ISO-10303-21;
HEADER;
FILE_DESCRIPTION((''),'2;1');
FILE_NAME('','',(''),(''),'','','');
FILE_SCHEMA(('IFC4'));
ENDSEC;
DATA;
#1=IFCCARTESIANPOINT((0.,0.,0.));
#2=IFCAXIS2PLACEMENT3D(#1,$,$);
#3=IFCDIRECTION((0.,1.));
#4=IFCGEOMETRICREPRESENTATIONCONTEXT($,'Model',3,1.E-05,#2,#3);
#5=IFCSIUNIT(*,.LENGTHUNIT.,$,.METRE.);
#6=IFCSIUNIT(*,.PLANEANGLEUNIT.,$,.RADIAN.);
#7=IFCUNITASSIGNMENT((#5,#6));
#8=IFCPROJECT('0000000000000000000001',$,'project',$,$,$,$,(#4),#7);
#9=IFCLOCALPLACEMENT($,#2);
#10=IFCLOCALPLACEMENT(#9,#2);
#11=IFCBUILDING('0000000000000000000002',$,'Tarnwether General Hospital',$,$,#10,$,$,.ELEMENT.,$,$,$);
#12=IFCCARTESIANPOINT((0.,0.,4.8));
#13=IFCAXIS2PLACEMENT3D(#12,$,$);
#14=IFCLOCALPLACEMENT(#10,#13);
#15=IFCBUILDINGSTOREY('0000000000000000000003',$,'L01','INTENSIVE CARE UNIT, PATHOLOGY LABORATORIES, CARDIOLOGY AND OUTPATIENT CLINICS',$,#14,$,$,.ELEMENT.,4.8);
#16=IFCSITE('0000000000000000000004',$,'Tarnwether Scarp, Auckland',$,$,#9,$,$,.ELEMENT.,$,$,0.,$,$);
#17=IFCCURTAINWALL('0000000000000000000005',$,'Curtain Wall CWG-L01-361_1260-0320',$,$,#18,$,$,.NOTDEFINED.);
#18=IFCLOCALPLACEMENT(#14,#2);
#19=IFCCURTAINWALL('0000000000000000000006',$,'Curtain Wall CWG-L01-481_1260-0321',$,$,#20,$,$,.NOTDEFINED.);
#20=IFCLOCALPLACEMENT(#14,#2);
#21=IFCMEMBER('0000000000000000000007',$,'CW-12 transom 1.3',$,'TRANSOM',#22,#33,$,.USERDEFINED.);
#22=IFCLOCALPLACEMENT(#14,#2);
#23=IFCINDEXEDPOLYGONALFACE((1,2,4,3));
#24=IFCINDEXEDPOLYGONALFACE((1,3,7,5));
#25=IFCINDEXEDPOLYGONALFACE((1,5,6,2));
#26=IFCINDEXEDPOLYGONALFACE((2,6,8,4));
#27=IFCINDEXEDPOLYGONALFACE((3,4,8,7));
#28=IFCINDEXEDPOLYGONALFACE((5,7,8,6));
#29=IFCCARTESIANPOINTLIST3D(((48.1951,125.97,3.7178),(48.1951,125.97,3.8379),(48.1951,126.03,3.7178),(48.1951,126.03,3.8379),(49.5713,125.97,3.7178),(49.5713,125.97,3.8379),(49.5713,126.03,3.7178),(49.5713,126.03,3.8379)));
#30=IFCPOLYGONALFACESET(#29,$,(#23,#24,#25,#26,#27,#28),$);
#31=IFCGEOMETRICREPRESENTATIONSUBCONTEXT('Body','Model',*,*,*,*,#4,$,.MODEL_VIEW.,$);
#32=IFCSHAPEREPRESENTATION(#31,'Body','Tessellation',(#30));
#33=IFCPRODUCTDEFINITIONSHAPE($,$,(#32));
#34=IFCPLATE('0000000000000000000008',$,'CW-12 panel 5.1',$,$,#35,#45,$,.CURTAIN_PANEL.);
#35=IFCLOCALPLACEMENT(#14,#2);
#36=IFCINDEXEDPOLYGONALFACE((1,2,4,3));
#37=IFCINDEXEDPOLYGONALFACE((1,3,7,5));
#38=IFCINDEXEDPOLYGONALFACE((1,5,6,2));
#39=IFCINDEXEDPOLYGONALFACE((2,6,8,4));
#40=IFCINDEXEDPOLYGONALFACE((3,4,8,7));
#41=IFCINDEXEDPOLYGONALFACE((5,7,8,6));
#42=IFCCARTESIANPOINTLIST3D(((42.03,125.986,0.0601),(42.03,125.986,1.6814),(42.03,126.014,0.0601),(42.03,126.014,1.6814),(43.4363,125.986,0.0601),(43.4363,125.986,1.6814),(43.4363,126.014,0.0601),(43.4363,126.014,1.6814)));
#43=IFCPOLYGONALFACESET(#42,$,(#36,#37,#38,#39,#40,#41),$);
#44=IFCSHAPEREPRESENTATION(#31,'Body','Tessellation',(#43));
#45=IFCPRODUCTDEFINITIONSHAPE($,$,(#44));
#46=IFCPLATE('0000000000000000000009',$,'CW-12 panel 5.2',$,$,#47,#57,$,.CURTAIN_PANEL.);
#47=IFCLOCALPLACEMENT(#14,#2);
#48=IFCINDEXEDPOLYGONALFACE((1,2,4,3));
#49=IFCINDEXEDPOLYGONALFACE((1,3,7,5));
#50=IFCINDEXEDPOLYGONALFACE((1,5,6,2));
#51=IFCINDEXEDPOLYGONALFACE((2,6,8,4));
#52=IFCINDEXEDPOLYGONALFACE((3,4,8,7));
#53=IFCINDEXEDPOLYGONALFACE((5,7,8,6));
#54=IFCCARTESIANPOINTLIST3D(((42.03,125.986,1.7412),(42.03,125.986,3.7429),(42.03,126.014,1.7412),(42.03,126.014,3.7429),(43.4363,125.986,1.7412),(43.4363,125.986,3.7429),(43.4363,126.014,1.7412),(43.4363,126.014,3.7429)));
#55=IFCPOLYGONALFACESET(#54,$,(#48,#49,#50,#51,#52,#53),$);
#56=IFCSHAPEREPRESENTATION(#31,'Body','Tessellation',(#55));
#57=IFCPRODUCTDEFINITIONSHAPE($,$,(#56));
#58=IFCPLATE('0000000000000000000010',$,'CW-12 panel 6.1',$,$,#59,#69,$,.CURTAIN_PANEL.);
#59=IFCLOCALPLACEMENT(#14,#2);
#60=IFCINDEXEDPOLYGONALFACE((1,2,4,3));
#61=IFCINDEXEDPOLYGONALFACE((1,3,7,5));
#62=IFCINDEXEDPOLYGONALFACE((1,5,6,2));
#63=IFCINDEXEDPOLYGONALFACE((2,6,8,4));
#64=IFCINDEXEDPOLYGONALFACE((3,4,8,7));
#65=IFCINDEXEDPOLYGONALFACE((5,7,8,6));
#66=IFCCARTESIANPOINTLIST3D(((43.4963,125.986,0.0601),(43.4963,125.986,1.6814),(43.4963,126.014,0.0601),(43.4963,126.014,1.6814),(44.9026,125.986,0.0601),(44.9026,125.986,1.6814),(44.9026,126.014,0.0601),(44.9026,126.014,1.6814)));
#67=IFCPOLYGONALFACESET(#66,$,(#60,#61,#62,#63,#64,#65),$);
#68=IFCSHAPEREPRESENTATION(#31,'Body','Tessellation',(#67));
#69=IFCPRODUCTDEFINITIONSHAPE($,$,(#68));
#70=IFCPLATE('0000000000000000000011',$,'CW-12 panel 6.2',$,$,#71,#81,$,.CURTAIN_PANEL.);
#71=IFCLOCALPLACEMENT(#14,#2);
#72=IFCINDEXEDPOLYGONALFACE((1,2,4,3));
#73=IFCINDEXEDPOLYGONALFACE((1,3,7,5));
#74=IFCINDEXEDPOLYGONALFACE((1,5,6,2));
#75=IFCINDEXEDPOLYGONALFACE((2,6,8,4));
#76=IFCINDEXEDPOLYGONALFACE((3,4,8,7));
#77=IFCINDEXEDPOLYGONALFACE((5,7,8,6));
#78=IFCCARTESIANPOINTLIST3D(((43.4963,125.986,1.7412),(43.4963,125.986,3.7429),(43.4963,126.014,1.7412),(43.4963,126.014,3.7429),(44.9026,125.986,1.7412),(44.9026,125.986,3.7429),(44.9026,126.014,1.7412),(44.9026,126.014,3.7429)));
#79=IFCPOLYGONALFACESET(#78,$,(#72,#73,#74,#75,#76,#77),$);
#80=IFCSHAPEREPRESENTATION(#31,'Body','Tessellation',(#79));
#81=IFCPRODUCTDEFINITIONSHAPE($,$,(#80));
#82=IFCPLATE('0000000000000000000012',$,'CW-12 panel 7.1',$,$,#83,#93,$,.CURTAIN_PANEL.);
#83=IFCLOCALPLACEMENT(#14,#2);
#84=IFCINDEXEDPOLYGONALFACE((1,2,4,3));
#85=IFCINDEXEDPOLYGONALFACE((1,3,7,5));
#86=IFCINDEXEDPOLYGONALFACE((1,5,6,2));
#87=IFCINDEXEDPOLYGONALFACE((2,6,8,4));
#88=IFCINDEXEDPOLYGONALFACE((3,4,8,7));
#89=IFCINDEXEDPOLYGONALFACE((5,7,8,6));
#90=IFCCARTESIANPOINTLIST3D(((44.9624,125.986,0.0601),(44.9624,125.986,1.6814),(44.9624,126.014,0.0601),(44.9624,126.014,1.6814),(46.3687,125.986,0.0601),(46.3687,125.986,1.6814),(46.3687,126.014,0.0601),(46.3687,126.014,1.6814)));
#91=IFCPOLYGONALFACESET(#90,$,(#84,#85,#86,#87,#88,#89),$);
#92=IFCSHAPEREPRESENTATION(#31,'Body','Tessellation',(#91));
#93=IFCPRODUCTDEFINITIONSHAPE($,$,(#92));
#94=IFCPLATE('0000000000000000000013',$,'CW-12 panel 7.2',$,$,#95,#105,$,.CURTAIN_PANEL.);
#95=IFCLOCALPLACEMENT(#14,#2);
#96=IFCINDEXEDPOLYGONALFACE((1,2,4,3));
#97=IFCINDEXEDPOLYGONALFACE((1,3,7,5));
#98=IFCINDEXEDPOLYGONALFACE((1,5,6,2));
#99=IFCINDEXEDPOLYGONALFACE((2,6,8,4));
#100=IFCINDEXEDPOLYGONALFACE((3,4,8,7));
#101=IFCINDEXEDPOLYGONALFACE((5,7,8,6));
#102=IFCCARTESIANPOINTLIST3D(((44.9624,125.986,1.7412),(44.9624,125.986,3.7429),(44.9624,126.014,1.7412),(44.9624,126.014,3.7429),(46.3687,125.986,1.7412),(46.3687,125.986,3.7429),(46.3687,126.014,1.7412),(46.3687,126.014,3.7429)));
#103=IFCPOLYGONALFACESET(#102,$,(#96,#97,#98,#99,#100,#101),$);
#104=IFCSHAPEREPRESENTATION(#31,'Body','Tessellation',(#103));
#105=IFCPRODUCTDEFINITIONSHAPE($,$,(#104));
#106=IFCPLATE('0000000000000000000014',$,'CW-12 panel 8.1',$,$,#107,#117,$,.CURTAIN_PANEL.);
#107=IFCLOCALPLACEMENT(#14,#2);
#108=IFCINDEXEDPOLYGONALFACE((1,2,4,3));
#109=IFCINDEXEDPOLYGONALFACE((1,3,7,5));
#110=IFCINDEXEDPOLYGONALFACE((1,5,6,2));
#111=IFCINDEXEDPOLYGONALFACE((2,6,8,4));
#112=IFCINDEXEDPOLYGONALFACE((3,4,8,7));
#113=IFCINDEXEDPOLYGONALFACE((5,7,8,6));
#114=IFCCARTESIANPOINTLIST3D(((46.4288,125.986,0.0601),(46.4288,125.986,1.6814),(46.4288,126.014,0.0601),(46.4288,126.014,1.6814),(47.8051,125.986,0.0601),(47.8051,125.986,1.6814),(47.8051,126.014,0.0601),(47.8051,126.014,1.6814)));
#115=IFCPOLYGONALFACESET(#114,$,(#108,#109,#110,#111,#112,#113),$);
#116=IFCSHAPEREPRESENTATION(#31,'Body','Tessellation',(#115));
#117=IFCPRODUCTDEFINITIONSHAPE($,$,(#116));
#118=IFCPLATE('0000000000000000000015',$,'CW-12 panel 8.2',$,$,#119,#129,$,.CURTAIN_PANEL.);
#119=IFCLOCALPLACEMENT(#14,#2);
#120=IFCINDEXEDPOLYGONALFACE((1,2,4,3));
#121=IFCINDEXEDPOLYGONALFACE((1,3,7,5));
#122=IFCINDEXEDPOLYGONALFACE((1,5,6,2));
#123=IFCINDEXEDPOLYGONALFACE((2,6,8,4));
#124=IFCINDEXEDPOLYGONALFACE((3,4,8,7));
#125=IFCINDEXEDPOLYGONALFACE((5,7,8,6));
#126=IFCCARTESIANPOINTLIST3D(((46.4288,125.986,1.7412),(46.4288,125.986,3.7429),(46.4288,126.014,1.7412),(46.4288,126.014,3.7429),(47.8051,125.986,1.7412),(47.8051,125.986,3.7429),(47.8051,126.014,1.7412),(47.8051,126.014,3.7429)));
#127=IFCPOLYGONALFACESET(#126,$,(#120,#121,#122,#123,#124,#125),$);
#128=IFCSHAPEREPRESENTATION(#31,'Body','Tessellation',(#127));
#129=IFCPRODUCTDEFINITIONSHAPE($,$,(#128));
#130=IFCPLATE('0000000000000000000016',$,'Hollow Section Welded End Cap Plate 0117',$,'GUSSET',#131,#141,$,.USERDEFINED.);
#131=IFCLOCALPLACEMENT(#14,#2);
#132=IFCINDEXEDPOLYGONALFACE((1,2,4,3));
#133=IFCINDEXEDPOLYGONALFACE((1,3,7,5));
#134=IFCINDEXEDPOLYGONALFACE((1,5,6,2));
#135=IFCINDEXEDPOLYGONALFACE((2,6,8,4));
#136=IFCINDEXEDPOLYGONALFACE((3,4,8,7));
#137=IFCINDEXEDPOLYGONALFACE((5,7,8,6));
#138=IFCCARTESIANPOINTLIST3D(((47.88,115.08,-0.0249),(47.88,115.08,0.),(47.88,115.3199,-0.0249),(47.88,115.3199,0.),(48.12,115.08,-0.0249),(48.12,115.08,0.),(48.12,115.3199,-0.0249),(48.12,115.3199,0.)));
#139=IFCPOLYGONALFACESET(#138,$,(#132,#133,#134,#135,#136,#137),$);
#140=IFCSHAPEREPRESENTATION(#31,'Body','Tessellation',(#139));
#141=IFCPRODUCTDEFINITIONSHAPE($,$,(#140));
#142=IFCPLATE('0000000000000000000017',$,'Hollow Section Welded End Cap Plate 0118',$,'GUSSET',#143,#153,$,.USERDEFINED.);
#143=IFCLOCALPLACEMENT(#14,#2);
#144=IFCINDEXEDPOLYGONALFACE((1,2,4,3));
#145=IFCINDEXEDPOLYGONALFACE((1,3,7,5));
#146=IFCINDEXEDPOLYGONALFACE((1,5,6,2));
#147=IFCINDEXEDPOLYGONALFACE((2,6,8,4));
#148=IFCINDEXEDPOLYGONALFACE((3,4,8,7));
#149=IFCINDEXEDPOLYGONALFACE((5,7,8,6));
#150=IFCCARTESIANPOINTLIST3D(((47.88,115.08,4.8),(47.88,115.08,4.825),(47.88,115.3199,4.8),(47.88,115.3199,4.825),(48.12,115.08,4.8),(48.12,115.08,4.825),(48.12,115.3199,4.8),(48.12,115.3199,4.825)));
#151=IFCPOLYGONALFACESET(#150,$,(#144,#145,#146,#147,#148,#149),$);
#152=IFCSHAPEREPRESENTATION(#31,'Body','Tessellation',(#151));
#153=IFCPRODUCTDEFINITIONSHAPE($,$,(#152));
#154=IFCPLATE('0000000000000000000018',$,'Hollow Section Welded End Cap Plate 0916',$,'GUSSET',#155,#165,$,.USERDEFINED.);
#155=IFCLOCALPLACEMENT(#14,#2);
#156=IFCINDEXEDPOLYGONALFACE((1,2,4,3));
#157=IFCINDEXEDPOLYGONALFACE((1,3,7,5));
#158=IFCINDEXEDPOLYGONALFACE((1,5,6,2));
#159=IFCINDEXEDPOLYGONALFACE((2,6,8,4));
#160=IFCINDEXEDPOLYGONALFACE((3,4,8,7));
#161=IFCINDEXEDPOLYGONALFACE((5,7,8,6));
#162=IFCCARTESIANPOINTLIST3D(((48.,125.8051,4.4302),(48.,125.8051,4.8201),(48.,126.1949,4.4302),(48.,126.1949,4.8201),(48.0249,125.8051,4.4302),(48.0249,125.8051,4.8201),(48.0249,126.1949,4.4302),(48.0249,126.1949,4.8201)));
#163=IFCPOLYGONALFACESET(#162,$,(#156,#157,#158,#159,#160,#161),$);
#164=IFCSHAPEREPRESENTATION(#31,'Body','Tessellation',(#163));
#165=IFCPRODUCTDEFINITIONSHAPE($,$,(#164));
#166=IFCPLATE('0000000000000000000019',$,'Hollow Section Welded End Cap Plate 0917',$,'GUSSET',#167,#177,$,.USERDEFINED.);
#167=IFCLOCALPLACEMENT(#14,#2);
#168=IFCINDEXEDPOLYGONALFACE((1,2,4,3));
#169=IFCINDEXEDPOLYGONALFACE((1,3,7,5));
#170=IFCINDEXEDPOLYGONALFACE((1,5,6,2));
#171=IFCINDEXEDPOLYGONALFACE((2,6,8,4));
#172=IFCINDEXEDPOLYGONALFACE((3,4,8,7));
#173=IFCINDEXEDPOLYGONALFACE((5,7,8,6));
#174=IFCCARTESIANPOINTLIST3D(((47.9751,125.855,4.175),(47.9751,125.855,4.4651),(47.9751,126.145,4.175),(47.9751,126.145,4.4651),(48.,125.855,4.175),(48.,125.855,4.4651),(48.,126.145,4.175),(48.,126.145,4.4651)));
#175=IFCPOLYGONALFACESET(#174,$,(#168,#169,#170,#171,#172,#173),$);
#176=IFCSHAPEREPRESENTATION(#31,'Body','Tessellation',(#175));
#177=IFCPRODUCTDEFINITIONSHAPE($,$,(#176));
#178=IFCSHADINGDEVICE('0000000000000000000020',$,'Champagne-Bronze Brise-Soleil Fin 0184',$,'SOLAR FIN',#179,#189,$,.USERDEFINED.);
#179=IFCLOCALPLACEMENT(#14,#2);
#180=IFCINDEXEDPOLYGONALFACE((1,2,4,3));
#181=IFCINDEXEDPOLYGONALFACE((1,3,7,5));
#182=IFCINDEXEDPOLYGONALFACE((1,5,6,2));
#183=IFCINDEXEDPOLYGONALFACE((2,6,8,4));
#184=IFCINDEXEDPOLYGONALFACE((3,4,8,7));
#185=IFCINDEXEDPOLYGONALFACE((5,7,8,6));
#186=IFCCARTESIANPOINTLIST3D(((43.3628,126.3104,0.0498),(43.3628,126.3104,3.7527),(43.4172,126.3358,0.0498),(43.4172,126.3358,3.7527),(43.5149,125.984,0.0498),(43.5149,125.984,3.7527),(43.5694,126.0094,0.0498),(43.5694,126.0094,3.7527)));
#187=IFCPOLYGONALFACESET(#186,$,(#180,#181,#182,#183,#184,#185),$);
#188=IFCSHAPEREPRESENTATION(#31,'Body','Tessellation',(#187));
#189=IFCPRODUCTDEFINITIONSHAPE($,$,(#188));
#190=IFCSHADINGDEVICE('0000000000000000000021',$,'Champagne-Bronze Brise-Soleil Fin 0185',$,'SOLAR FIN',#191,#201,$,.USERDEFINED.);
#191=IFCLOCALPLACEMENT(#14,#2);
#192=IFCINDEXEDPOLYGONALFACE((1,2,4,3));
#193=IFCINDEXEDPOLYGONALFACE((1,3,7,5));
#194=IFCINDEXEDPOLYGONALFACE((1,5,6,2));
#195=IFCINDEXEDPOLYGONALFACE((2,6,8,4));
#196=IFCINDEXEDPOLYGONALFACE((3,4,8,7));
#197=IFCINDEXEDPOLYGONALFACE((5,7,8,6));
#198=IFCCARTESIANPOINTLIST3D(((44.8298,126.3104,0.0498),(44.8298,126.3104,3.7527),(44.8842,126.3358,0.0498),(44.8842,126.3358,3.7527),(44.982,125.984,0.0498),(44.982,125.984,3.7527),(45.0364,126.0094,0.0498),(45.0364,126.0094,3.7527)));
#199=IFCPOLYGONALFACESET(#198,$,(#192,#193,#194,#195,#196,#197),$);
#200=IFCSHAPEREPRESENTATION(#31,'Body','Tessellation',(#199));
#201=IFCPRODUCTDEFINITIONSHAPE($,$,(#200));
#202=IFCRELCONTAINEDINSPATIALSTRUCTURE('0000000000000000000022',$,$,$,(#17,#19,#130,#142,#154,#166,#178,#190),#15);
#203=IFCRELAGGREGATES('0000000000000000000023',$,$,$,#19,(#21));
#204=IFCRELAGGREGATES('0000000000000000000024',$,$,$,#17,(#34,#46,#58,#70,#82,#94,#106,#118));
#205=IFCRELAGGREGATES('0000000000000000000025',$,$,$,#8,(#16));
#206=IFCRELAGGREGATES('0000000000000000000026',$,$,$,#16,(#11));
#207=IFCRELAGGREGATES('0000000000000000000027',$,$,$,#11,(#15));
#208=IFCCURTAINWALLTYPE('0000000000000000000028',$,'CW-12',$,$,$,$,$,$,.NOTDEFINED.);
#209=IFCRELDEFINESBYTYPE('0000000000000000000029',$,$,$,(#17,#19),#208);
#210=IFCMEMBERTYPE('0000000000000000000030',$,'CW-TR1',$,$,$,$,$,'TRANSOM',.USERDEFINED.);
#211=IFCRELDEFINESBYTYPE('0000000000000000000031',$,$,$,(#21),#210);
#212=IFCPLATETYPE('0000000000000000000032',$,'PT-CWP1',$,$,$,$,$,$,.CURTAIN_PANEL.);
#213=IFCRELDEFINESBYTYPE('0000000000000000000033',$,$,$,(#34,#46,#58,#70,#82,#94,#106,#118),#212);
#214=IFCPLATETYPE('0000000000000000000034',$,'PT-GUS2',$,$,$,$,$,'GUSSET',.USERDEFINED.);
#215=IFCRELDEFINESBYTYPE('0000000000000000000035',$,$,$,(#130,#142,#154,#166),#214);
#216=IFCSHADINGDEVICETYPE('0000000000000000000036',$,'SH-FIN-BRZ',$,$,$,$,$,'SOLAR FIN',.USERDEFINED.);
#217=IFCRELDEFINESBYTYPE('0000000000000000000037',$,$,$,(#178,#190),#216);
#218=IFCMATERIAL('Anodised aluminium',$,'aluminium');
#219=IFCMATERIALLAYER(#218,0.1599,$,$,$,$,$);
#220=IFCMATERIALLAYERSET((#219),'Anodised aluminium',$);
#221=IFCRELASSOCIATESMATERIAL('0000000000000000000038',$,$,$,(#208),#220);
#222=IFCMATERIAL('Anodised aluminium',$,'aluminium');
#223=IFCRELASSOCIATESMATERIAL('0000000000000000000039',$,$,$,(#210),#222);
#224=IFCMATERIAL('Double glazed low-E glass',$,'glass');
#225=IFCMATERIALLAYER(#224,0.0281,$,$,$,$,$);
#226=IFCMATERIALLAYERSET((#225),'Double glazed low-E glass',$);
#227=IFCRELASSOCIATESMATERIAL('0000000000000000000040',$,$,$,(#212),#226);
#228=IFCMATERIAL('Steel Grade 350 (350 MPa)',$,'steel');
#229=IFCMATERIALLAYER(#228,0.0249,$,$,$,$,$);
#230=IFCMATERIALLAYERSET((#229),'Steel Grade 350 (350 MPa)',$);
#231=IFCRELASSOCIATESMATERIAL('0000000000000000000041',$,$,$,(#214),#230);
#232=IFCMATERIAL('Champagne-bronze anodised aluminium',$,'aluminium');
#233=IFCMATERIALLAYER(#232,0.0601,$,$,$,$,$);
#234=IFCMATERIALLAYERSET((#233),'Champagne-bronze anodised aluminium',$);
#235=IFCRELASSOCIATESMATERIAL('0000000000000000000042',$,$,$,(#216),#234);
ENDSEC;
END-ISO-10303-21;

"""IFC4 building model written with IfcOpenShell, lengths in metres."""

from ifc_helpers import new_model, si_unit, direction, frame, origin, origin_2d, place, context, subcontext, project, spatial, rectangle, extrude, material, layer, layer_set, material_profile, profile_set, type_object, element, aggregate, save


model = new_model("IFC4")

# Units and contexts
model_context = context("Model", 3, precision=1e-05, world=origin(), true_north=direction((0.0, 1.0)))
body_context = subcontext(model_context, "Body", "Model", "MODEL_VIEW")
ifc_project = project(units=[si_unit("LENGTHUNIT", "METRE"), si_unit("PLANEANGLEUNIT", "RADIAN")], contexts=[model_context])

# Site, building, storey
site_placement = place(None, origin())
site = spatial("IfcSite", under=ifc_project, at=site_placement, Name="Tarnwether Scarp, Auckland", CompositionType="ELEMENT", RefElevation=0.0)
building_placement = place(site_placement, origin())
building = spatial("IfcBuilding", under=site, at=building_placement, Name="Tarnwether General Hospital", CompositionType="ELEMENT")
storey_placement = place(building_placement, frame((0.0, 0.0, 4.8)))
storey = spatial("IfcBuildingStorey", under=building, at=storey_placement, Name="L01", Description="INTENSIVE CARE UNIT, PATHOLOGY LABORATORIES, CARDIOLOGY AND OUTPATIENT CLINICS", CompositionType="ELEMENT", Elevation=4.8)

# Curtain wall
ifc_material_1 = material(Name="Anodised aluminium", Category="aluminium")
ifc_layer_1 = layer(ifc_material_1, 0.1599)
ifc_layer_set_1 = layer_set([ifc_layer_1], Name="Anodised aluminium")
curtain_wall_type = type_object("IfcCurtainWallType", Name="CW-12", PredefinedType="NOTDEFINED", material=ifc_layer_set_1)
curtain_wall_1_placement = place(storey_placement, origin())
curtain_wall_1 = element("IfcCurtainWall", 1, at=curtain_wall_1_placement, inside=storey, type_object=curtain_wall_type, Name="Curtain Wall CWG-L01-361_1260-0320", PredefinedType="NOTDEFINED")

# Curtain wall
curtain_wall_2_placement = place(storey_placement, origin())
curtain_wall_2 = element("IfcCurtainWall", 2, at=curtain_wall_2_placement, inside=storey, type_object=curtain_wall_type, Name="Curtain Wall CWG-L01-481_1260-0321", PredefinedType="NOTDEFINED")

# Member
ifc_material_2 = material(Name="Anodised aluminium", Category="aluminium")
ifc_material_profile_1 = material_profile(ifc_material_2, rectangle(XDim=0.0601, YDim=0.1201, at=origin_2d()), Name="ALU-TRN-60x120")
ifc_profile_set_1 = profile_set([ifc_material_profile_1], Name="Anodised aluminium")
member_type_1 = type_object("IfcMemberType", Name="CW-TR1", ElementType="TRANSOM", PredefinedType="USERDEFINED", material=ifc_profile_set_1)
member_1_placement = place(storey_placement, frame((48.1951, 126.0, 3.7778), z_axis=(1.0, 0.0, 0.0), x_axis=(0.0, 1.0, 0.0)))
member_1 = element("IfcMember", 3, at=member_1_placement, type_object=member_type_1, Name="CW-12 transom 1.3", ObjectType="TRANSOM", PredefinedType="USERDEFINED", context=body_context, shape_type="SweptSolid", body=[
    extrude(rectangle(XDim=0.0601, YDim=0.1201, at=origin_2d()), origin(), (0.0, 0.0, 1.0), 1.3762),
])
aggregate(curtain_wall_2, [member_1])

# Plates
ifc_material_3 = material(Name="Double glazed low-E glass", Category="glass")
ifc_layer_2 = layer(ifc_material_3, 0.0281)
ifc_layer_set_2 = layer_set([ifc_layer_2], Name="Double glazed low-E glass")
plate_type_1 = type_object("IfcPlateType", Name="PT-CWP1", PredefinedType="CURTAIN_PANEL", material=ifc_layer_set_2)
plate_1_placement = place(storey_placement, frame((42.7332, 126.0, 0.0601), z_axis=(0.0, 0.0, 1.0), x_axis=(1.0, 0.0, 0.0)))
plate_1 = element("IfcPlate", 4, at=plate_1_placement, type_object=plate_type_1, Name="CW-12 panel 5.1", PredefinedType="CURTAIN_PANEL", context=body_context, shape_type="SweptSolid", body=[
    extrude(rectangle(XDim=1.4062, YDim=0.0281, at=origin_2d()), origin(), (0.0, 0.0, 1.0), 1.6213),
])
plate_2_placement = place(storey_placement, frame((42.7332, 126.0, 1.7412), z_axis=(0.0, 0.0, 1.0), x_axis=(1.0, 0.0, 0.0)))
plate_2 = element("IfcPlate", 5, at=plate_2_placement, type_object=plate_type_1, Name="CW-12 panel 5.2", PredefinedType="CURTAIN_PANEL", context=body_context, shape_type="SweptSolid", body=[
    extrude(rectangle(XDim=1.4062, YDim=0.0281, at=origin_2d()), origin(), (0.0, 0.0, 1.0), 2.0017),
])
plate_3_placement = place(storey_placement, frame((44.1995, 126.0, 0.0601), z_axis=(0.0, 0.0, 1.0), x_axis=(1.0, 0.0, 0.0)))
plate_3 = element("IfcPlate", 6, at=plate_3_placement, type_object=plate_type_1, Name="CW-12 panel 6.1", PredefinedType="CURTAIN_PANEL", context=body_context, shape_type="SweptSolid", body=[
    extrude(rectangle(XDim=1.4062, YDim=0.0281, at=origin_2d()), origin(), (0.0, 0.0, 1.0), 1.6213),
])
plate_4_placement = place(storey_placement, frame((44.1995, 126.0, 1.7412), z_axis=(0.0, 0.0, 1.0), x_axis=(1.0, 0.0, 0.0)))
plate_4 = element("IfcPlate", 7, at=plate_4_placement, type_object=plate_type_1, Name="CW-12 panel 6.2", PredefinedType="CURTAIN_PANEL", context=body_context, shape_type="SweptSolid", body=[
    extrude(rectangle(XDim=1.4062, YDim=0.0281, at=origin_2d()), origin(), (0.0, 0.0, 1.0), 2.0017),
])
plate_5_placement = place(storey_placement, frame((45.6655, 126.0, 0.0601), z_axis=(0.0, 0.0, 1.0), x_axis=(1.0, 0.0, 0.0)))
plate_5 = element("IfcPlate", 8, at=plate_5_placement, type_object=plate_type_1, Name="CW-12 panel 7.1", PredefinedType="CURTAIN_PANEL", context=body_context, shape_type="SweptSolid", body=[
    extrude(rectangle(XDim=1.4062, YDim=0.0281, at=origin_2d()), origin(), (0.0, 0.0, 1.0), 1.6213),
])
plate_6_placement = place(storey_placement, frame((45.6655, 126.0, 1.7412), z_axis=(0.0, 0.0, 1.0), x_axis=(1.0, 0.0, 0.0)))
plate_6 = element("IfcPlate", 9, at=plate_6_placement, type_object=plate_type_1, Name="CW-12 panel 7.2", PredefinedType="CURTAIN_PANEL", context=body_context, shape_type="SweptSolid", body=[
    extrude(rectangle(XDim=1.4062, YDim=0.0281, at=origin_2d()), origin(), (0.0, 0.0, 1.0), 2.0017),
])
plate_7_placement = place(storey_placement, frame((47.1169, 126.0, 0.0601), z_axis=(0.0, 0.0, 1.0), x_axis=(1.0, 0.0, 0.0)))
plate_7 = element("IfcPlate", 10, at=plate_7_placement, type_object=plate_type_1, Name="CW-12 panel 8.1", PredefinedType="CURTAIN_PANEL", context=body_context, shape_type="SweptSolid", body=[
    extrude(rectangle(XDim=1.3762, YDim=0.0281, at=origin_2d()), origin(), (0.0, 0.0, 1.0), 1.6213),
])
plate_8_placement = place(storey_placement, frame((47.1169, 126.0, 1.7412), z_axis=(0.0, 0.0, 1.0), x_axis=(1.0, 0.0, 0.0)))
plate_8 = element("IfcPlate", 11, at=plate_8_placement, type_object=plate_type_1, Name="CW-12 panel 8.2", PredefinedType="CURTAIN_PANEL", context=body_context, shape_type="SweptSolid", body=[
    extrude(rectangle(XDim=1.3762, YDim=0.0281, at=origin_2d()), origin(), (0.0, 0.0, 1.0), 2.0017),
])
aggregate(curtain_wall_1, [plate_1, plate_2, plate_3, plate_4, plate_5, plate_6, plate_7, plate_8])

# Plates
ifc_material_4 = material(Name="Steel Grade 350 (350 MPa)", Category="steel")
ifc_layer_3 = layer(ifc_material_4, 0.0249)
ifc_layer_set_3 = layer_set([ifc_layer_3], Name="Steel Grade 350 (350 MPa)")
plate_type_2 = type_object("IfcPlateType", Name="PT-GUS2", ElementType="GUSSET", PredefinedType="USERDEFINED", material=ifc_layer_set_3)
for number, where, z_axis, x_axis, name in (
    (12, (48.0, 115.2, -0.0249), (0.0, 0.0, 1.0), (1.0, 0.0, 0.0), "Hollow Section Welded End Cap Plate 0117"),
    (13, (48.0, 115.2, 4.8), (0.0, 0.0, 1.0), (1.0, 0.0, 0.0), "Hollow Section Welded End Cap Plate 0118"),
):
    element("IfcPlate", number, at=place(storey_placement, frame(where, z_axis=z_axis, x_axis=x_axis)), inside=storey, type_object=plate_type_2, Name=name, ObjectType="GUSSET", PredefinedType="USERDEFINED", context=body_context, shape_type="SweptSolid", body=[
        extrude(rectangle(XDim=0.24, YDim=0.24, at=origin_2d()), origin(), (0.0, 0.0, 1.0), 0.0249),
    ])
plate_9_placement = place(storey_placement, frame((48.0125, 126.0, 4.4302), z_axis=(0.0, 0.0, 1.0), x_axis=(1.0, 0.0, 0.0)))
element("IfcPlate", 14, at=plate_9_placement, inside=storey, type_object=plate_type_2, Name="Hollow Section Welded End Cap Plate 0916", ObjectType="GUSSET", PredefinedType="USERDEFINED", context=body_context, shape_type="SweptSolid", body=[
    extrude(rectangle(XDim=0.0249, YDim=0.3899, at=origin_2d()), origin(), (0.0, 0.0, 1.0), 0.3899),
])
plate_10_placement = place(storey_placement, frame((47.9875, 126.0, 4.175), z_axis=(0.0, 0.0, 1.0), x_axis=(1.0, 0.0, 0.0)))
element("IfcPlate", 15, at=plate_10_placement, inside=storey, type_object=plate_type_2, Name="Hollow Section Welded End Cap Plate 0917", ObjectType="GUSSET", PredefinedType="USERDEFINED", context=body_context, shape_type="SweptSolid", body=[
    extrude(rectangle(XDim=0.0249, YDim=0.29, at=origin_2d()), origin(), (0.0, 0.0, 1.0), 0.29),
])

# Shading devices
ifc_material_5 = material(Name="Champagne-bronze anodised aluminium", Category="aluminium")
ifc_layer_4 = layer(ifc_material_5, 0.0601)
ifc_layer_set_4 = layer_set([ifc_layer_4], Name="Champagne-bronze anodised aluminium")
shading_device_type = type_object("IfcShadingDeviceType", Name="SH-FIN-BRZ", ElementType="SOLAR FIN", PredefinedType="USERDEFINED", material=ifc_layer_set_4)
for number, where, z_axis, x_axis, name in (
    (16, (43.4661, 126.1599, 0.0498), (0.0, 0.0, 1.0), (0.906308, 0.422618, 0.0), "Champagne-Bronze Brise-Soleil Fin 0184"),
    (17, (44.9331, 126.1599, 0.0498), (0.0, 0.0, 1.0), (0.906308, 0.422618, 0.0), "Champagne-Bronze Brise-Soleil Fin 0185"),
):
    element("IfcShadingDevice", number, at=place(storey_placement, frame(where, z_axis=z_axis, x_axis=x_axis)), inside=storey, type_object=shading_device_type, Name=name, ObjectType="SOLAR FIN", PredefinedType="USERDEFINED", context=body_context, shape_type="SweptSolid", body=[
        extrude(rectangle(XDim=0.0601, YDim=0.3601, at=origin_2d()), origin(), (0.0, 0.0, 1.0), 3.7029),
    ])

save(model, "model.ifc")
